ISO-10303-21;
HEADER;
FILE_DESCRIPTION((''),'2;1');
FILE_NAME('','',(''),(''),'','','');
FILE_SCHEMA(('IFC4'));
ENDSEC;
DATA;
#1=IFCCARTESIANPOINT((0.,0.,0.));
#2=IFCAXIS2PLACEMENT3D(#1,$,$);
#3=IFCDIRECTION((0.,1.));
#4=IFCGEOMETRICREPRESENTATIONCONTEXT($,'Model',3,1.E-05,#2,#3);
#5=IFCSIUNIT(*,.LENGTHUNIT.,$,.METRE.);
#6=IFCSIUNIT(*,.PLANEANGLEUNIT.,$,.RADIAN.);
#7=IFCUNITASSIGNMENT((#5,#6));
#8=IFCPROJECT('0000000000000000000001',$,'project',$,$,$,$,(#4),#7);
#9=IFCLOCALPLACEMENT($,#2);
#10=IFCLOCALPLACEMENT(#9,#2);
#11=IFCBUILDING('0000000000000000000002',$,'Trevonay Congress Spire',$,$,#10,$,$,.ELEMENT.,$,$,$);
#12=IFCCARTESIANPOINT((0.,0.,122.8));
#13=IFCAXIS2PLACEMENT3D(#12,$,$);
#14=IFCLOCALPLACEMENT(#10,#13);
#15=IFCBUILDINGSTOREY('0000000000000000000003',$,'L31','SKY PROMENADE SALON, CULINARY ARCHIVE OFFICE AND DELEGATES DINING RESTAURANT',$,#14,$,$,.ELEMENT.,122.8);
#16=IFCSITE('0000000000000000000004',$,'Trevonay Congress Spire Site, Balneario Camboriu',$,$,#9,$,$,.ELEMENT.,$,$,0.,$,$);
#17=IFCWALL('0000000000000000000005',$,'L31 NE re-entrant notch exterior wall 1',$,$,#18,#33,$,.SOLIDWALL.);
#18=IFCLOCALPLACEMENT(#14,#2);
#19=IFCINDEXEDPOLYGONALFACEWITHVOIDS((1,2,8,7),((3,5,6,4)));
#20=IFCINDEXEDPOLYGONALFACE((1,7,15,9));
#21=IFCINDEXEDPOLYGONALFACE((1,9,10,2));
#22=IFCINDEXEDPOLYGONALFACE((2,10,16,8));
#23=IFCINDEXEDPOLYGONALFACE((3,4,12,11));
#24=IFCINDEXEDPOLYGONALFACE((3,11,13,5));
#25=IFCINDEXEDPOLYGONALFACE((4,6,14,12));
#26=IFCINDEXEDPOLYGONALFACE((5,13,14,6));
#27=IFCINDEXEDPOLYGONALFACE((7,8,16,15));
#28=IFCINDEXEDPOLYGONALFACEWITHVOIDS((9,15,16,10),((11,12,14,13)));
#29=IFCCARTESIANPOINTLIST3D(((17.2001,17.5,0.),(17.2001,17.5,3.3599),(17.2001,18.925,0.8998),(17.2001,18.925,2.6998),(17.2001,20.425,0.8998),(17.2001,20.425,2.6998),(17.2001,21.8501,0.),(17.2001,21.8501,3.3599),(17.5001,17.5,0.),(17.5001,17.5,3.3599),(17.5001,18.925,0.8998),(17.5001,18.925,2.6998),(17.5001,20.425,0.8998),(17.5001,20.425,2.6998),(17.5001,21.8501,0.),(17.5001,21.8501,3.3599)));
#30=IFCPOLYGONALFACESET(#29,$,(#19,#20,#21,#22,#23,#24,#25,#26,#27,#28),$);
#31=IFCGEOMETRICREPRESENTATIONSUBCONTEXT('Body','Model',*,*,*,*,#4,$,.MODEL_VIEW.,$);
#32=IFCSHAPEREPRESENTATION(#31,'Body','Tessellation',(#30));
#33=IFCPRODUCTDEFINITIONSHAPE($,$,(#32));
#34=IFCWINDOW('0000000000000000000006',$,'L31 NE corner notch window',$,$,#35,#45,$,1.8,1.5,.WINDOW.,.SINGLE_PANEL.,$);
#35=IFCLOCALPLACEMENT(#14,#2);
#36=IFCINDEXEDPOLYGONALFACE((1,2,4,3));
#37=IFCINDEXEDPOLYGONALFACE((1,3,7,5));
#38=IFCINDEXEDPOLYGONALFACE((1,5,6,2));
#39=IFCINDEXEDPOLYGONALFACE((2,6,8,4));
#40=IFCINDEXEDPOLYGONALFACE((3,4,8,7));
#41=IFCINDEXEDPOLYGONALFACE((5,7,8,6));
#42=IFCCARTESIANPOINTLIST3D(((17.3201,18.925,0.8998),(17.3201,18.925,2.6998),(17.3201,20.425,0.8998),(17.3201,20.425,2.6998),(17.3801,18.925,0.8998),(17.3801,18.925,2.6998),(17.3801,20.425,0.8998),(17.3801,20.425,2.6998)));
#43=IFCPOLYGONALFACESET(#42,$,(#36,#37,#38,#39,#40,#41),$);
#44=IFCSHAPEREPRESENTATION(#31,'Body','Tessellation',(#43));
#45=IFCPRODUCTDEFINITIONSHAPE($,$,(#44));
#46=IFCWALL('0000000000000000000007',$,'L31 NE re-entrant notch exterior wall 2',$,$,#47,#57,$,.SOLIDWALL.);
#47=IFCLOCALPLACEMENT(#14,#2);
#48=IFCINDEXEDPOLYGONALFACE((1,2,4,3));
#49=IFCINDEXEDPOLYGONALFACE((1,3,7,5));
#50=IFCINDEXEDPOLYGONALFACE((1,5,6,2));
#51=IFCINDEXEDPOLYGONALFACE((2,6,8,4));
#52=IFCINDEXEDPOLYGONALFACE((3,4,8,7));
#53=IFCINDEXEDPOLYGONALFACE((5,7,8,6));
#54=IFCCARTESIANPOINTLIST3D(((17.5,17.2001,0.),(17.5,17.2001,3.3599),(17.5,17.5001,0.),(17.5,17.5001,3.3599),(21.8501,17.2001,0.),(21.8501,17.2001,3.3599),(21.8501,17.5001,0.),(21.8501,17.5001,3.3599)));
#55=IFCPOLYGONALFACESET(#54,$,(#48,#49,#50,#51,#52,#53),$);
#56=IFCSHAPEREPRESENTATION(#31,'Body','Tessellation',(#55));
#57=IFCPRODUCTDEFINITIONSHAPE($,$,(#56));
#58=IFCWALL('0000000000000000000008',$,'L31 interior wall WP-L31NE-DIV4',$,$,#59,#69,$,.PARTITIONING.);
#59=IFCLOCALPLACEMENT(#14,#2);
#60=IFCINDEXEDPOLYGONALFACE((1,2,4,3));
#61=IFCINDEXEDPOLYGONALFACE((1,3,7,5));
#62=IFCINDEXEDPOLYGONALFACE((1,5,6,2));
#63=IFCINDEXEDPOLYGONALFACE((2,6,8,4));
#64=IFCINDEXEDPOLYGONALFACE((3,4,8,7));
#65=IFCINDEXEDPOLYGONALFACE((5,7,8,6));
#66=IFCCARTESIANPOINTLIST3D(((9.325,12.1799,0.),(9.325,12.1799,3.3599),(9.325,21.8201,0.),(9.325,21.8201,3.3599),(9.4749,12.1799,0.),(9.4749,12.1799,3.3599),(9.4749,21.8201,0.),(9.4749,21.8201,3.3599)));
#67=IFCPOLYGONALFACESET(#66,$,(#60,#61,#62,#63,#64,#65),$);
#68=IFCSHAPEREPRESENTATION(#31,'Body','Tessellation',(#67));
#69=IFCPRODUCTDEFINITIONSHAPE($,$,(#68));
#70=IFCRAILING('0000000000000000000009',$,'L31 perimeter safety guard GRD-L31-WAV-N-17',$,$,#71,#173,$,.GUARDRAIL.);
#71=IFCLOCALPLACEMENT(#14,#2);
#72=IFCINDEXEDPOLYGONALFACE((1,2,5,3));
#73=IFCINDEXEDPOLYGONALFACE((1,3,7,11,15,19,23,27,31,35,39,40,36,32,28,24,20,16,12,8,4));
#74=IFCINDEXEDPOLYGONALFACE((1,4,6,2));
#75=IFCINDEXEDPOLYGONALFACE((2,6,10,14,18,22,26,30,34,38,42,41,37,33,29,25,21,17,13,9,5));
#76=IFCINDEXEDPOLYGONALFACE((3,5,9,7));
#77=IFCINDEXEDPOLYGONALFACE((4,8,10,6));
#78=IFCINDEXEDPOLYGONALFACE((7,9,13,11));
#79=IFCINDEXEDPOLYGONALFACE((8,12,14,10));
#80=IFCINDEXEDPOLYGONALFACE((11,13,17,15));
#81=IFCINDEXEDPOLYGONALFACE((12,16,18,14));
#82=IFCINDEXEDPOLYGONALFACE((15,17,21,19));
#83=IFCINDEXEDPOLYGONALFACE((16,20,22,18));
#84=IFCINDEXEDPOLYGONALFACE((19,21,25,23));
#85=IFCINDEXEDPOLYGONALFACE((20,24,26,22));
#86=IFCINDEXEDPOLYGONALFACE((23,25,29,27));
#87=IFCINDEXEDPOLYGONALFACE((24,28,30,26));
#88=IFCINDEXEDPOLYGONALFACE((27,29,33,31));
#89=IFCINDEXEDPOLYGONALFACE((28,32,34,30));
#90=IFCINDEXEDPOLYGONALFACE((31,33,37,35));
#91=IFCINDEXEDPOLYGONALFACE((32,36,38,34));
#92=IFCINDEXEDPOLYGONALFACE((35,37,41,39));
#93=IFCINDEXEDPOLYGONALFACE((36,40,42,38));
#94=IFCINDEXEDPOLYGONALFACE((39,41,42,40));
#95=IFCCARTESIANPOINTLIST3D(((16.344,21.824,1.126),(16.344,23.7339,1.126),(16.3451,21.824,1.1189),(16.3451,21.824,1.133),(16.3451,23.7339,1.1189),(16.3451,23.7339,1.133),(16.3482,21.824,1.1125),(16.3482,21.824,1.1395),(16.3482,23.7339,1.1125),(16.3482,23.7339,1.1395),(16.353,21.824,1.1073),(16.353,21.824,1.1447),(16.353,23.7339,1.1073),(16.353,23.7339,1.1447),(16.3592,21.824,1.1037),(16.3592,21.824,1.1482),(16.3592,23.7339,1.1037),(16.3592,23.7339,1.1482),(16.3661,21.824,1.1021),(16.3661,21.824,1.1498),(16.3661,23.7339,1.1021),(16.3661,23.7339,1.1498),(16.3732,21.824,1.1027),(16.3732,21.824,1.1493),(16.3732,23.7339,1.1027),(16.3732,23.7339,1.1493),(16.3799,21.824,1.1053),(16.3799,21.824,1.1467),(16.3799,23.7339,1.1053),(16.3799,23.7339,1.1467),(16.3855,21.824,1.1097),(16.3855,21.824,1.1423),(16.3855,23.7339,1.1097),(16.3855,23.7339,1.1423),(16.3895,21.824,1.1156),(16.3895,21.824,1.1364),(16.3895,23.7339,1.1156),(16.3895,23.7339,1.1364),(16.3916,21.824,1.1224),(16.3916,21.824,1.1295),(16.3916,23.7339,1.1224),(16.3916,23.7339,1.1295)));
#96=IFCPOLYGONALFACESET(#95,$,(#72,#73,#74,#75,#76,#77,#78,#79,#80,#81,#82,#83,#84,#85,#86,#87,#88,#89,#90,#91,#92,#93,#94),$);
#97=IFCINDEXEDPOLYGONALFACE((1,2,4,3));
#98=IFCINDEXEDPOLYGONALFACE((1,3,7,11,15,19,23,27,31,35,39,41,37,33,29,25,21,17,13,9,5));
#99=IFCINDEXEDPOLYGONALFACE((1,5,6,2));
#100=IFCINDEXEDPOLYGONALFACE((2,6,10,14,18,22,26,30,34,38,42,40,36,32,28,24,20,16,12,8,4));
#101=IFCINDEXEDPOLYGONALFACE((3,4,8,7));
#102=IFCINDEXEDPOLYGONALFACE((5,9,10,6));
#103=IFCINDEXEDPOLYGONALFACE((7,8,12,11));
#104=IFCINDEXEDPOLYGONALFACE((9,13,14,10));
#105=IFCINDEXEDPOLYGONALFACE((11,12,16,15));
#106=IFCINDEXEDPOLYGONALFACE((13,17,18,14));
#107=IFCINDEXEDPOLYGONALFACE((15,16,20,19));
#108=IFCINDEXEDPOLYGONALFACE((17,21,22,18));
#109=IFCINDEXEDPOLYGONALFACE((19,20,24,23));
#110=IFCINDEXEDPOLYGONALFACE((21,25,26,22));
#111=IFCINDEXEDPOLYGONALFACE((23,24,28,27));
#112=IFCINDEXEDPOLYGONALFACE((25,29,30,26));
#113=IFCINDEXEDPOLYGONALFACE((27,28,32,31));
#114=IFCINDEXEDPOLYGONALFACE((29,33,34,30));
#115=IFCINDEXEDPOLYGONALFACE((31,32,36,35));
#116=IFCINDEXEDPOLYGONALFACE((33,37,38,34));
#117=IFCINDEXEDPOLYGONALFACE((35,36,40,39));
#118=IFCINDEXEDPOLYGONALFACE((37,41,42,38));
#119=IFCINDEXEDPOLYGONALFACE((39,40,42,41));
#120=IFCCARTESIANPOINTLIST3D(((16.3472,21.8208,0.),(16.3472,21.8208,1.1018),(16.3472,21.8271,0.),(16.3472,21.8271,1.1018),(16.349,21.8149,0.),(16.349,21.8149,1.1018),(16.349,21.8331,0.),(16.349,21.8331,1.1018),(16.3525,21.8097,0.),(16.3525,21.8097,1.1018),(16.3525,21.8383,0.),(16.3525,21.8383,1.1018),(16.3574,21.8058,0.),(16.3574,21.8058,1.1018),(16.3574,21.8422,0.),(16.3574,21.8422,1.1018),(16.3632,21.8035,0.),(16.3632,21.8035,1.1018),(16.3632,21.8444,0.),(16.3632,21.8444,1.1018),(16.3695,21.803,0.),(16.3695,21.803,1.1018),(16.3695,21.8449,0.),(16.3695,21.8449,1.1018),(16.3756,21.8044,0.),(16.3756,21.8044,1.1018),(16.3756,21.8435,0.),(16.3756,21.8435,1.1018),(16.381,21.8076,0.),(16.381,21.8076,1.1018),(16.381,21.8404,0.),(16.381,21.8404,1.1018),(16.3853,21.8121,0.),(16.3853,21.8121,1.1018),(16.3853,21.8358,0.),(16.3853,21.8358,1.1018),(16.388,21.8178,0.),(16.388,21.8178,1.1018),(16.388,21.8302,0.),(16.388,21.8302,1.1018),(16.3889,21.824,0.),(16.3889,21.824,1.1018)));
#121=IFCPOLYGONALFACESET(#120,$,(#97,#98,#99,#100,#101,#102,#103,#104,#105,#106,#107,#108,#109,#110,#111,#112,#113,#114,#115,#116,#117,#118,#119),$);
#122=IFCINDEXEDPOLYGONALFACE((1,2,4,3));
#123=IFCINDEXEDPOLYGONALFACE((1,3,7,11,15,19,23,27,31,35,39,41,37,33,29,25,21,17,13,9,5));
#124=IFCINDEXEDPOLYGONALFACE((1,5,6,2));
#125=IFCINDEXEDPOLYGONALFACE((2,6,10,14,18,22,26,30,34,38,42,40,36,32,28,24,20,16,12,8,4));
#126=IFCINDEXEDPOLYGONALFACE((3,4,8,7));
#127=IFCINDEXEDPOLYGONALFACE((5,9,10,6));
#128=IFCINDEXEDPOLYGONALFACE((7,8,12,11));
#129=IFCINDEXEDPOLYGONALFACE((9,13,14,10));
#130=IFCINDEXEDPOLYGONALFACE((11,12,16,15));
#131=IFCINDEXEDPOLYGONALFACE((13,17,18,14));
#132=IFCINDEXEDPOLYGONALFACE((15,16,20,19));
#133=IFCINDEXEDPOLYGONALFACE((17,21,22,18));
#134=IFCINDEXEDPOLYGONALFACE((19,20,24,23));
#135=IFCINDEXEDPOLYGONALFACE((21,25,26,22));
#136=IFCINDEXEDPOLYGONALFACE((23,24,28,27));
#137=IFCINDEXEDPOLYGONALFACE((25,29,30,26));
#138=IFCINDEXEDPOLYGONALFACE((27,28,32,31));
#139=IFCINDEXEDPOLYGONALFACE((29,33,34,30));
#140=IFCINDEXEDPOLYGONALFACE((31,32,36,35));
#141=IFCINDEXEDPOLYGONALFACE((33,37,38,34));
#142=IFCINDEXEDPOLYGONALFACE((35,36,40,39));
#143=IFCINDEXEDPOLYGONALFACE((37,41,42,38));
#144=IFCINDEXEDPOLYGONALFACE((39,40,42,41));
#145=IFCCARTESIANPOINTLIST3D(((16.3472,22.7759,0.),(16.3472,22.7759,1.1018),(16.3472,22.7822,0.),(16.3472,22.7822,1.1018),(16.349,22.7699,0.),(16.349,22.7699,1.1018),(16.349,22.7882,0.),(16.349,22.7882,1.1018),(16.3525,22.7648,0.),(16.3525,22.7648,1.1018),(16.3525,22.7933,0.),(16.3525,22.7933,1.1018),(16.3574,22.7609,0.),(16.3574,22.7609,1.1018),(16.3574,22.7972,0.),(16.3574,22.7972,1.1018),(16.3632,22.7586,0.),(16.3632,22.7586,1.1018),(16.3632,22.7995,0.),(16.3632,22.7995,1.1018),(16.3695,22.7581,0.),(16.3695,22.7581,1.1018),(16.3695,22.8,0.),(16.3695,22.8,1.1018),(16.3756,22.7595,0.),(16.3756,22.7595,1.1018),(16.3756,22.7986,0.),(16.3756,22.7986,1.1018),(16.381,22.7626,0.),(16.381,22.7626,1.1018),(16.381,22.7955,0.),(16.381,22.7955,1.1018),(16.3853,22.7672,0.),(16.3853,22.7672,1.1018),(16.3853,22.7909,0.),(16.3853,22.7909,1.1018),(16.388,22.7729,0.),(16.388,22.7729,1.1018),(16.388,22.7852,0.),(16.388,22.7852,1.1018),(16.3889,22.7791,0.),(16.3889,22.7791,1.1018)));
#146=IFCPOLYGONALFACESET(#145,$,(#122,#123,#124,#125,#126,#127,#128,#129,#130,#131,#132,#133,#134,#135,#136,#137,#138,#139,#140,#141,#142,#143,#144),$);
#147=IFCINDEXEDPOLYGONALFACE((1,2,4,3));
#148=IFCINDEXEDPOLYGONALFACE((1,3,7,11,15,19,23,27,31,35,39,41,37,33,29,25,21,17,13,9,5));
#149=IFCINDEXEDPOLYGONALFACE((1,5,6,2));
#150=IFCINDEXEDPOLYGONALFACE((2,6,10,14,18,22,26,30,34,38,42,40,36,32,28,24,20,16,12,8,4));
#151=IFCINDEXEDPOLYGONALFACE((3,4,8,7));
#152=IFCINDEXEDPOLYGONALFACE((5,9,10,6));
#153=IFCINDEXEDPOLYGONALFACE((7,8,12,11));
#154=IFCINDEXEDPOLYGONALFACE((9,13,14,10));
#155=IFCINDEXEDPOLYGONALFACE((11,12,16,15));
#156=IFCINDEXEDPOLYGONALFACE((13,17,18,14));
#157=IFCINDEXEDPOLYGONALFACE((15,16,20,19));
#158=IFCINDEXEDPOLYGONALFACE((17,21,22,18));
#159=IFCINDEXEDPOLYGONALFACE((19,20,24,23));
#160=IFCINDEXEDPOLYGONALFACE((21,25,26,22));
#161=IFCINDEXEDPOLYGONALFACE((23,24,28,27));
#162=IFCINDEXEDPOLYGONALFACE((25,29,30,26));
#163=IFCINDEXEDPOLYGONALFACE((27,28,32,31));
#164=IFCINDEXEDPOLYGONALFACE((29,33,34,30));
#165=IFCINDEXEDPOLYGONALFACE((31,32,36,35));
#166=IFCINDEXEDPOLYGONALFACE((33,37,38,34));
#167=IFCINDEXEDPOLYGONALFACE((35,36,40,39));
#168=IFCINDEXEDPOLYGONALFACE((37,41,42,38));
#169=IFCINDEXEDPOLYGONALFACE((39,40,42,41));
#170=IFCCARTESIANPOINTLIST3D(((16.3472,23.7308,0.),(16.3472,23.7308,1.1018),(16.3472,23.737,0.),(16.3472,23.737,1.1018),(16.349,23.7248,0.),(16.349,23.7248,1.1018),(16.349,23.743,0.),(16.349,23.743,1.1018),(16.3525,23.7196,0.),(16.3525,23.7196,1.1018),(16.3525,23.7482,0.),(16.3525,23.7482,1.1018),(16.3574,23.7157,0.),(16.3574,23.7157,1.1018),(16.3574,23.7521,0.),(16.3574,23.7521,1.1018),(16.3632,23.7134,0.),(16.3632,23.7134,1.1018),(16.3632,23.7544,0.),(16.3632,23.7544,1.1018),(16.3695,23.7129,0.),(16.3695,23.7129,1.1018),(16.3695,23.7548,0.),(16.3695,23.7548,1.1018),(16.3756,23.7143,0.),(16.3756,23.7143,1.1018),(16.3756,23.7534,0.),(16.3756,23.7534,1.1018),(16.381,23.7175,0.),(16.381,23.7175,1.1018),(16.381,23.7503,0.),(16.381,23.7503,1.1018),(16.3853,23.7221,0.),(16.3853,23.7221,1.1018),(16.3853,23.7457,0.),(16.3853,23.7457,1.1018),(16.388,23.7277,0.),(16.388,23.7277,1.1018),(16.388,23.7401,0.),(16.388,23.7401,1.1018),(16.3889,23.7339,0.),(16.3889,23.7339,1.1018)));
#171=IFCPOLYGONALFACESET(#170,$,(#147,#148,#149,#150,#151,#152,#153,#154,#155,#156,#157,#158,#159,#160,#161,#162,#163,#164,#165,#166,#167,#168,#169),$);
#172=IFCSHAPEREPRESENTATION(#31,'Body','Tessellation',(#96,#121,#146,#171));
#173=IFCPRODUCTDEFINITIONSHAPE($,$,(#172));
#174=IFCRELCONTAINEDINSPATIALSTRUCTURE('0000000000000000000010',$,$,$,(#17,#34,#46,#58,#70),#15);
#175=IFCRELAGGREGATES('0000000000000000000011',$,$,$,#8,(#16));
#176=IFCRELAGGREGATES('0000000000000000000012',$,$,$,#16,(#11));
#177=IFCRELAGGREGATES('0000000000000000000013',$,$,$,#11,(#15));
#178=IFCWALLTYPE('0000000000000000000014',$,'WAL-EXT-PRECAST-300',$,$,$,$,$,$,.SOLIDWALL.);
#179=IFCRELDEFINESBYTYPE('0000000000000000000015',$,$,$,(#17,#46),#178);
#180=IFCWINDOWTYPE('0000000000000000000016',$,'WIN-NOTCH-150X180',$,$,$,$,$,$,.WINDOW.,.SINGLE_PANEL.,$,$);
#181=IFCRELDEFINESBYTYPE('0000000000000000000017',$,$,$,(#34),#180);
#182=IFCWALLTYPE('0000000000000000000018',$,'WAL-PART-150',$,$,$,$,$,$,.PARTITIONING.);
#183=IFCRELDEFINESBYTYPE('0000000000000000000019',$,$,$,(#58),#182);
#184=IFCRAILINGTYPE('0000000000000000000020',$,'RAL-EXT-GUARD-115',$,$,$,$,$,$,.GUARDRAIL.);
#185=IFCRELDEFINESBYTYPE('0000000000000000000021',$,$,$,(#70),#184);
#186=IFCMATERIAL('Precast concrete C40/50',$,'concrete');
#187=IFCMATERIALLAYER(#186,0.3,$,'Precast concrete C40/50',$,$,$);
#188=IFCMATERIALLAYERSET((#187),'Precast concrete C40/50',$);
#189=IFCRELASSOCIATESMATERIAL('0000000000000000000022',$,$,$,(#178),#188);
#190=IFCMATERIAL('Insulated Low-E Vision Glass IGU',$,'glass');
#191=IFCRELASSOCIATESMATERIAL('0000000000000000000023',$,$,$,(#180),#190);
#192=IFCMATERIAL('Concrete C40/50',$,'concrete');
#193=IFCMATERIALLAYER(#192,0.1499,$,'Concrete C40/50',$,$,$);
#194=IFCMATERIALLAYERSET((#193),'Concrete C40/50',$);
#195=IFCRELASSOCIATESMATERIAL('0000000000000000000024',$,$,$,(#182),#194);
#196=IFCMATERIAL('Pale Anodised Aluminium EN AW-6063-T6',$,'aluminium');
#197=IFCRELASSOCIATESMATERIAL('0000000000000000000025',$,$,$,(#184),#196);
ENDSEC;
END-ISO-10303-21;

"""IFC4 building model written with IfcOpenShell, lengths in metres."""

from ifc_helpers import new_model, si_unit, direction, frame, frame_2d, origin, origin_2d, place, context, subcontext, project, spatial, rectangle, circle, extrude, material, layer, layer_set, type_object, element, fill, save


model = new_model("IFC4")

# Units and contexts
model_context = context("Model", 3, precision=1e-05, world=origin(), true_north=direction((0.0, 1.0)))
body_context = subcontext(model_context, "Body", "Model", "MODEL_VIEW")
ifc_project = project(units=[si_unit("LENGTHUNIT", "METRE"), si_unit("PLANEANGLEUNIT", "RADIAN")], contexts=[model_context])

# Site, building, storey
site_placement = place(None, origin())
site = spatial("IfcSite", under=ifc_project, at=site_placement, Name="Trevonay Congress Spire Site, Balneario Camboriu", CompositionType="ELEMENT", RefElevation=0.0)
building_placement = place(site_placement, origin())
building = spatial("IfcBuilding", under=site, at=building_placement, Name="Trevonay Congress Spire", CompositionType="ELEMENT")
storey_placement = place(building_placement, frame((0.0, 0.0, 122.8)))
storey = spatial("IfcBuildingStorey", under=building, at=storey_placement, Name="L31", Description="SKY PROMENADE SALON, CULINARY ARCHIVE OFFICE AND DELEGATES DINING RESTAURANT", CompositionType="ELEMENT", Elevation=122.8)

# Shared definitions
ifc_material_1 = material(Name="Pale Anodised Aluminium EN AW-6063-T6", Category="aluminium")

# Shared definitions
ifc_material_2 = material(Name="Precast concrete C40/50", Category="concrete")
ifc_layer_1 = layer(ifc_material_2, 0.3, Name="Precast concrete C40/50")
ifc_layer_set_1 = layer_set([ifc_layer_1], Name="Precast concrete C40/50")
wall_type_1 = type_object("IfcWallType", Name="WAL-EXT-PRECAST-300", PredefinedType="SOLIDWALL", material=ifc_layer_set_1)

# Wall, opening, window
wall_1_placement = place(storey_placement, frame((17.3501, 21.8501, 0.0), z_axis=(0.0, 0.0, 1.0), x_axis=(0.0, -1.0, 0.0)))
wall_1 = element("IfcWall", 1, at=wall_1_placement, inside=storey, type_object=wall_type_1, Name="L31 NE re-entrant notch exterior wall 1", PredefinedType="SOLIDWALL", context=body_context, shape_type="SweptSolid", body=[
    extrude(rectangle(XDim=4.3501, YDim=0.3, at=frame_2d((2.175, 0.0))), origin(), (0.0, 0.0, 1.0), 3.3599),
])
opening_placement = place(wall_1_placement, frame((1.425, 0.0, 0.8999)))
opening = element("IfcOpeningElement", 2, at=opening_placement, cuts=wall_1, PredefinedType="OPENING", context=body_context, shape_type="SweptSolid", body=[
    extrude(rectangle(XDim=1.5, YDim=1.8, at=frame_2d((0.75, 0.8999))), frame((0.0, 0.1602, 0.0), z_axis=(0.0, -1.0, 0.0), x_axis=(1.0, 0.0, 0.0)), (0.0, 0.0, 1.0), 0.3201),
])
ifc_material_3 = material(Name="Insulated Low-E Vision Glass IGU", Category="glass")
window_type = type_object("IfcWindowType", Name="WIN-NOTCH-150X180", PartitioningType="SINGLE_PANEL", PredefinedType="WINDOW", material=ifc_material_3)
window_placement = place(opening_placement, origin())
window = element("IfcWindow", 3, at=window_placement, inside=storey, type_object=window_type, Name="L31 NE corner notch window", OverallHeight=1.8, OverallWidth=1.5, PartitioningType="SINGLE_PANEL", PredefinedType="WINDOW", context=body_context, shape_type="SweptSolid", body=[
    extrude(rectangle(XDim=1.5, YDim=1.8, at=frame_2d((0.75, 0.8999))), frame((0.0, 0.03, 0.0), z_axis=(0.0, -1.0, 0.0), x_axis=(1.0, 0.0, 0.0)), (0.0, 0.0, 1.0), 0.0601),
])
fill(opening, window)

# Walls
wall_2_placement = place(storey_placement, frame((21.8501, 17.3501, 0.0), z_axis=(0.0, 0.0, 1.0), x_axis=(-1.0, 0.0, 0.0)))
element("IfcWall", 4, at=wall_2_placement, inside=storey, type_object=wall_type_1, Name="L31 NE re-entrant notch exterior wall 2", PredefinedType="SOLIDWALL", context=body_context, shape_type="SweptSolid", body=[
    extrude(rectangle(XDim=4.3501, YDim=0.3, at=frame_2d((2.175, 0.0))), origin(), (0.0, 0.0, 1.0), 3.3599),
])
ifc_material_4 = material(Name="Concrete C40/50", Category="concrete")
ifc_layer_2 = layer(ifc_material_4, 0.1499, Name="Concrete C40/50")
ifc_layer_set_2 = layer_set([ifc_layer_2], Name="Concrete C40/50")
wall_type_2 = type_object("IfcWallType", Name="WAL-PART-150", PredefinedType="PARTITIONING", material=ifc_layer_set_2)
wall_3_placement = place(storey_placement, frame((9.3999, 12.1799, 0.0), z_axis=(0.0, 0.0, 1.0), x_axis=(0.0, 1.0, 0.0)))
element("IfcWall", 5, at=wall_3_placement, inside=storey, type_object=wall_type_2, Name="L31 interior wall WP-L31NE-DIV4", PredefinedType="PARTITIONING", context=body_context, shape_type="SweptSolid", body=[
    extrude(rectangle(XDim=9.6401, YDim=0.1499, at=frame_2d((4.8201, 0.0))), origin(), (0.0, 0.0, 1.0), 3.3599),
])

# Railing
railing_type = type_object("IfcRailingType", Name="RAL-EXT-GUARD-115", PredefinedType="GUARDRAIL", material=ifc_material_1)
railing_1_placement = place(storey_placement, frame((16.3679, 21.824, 0.0)))
element("IfcRailing", 6, at=railing_1_placement, inside=storey, type_object=railing_type, Name="L31 perimeter safety guard GRD-L31-WAV-N-17", PredefinedType="GUARDRAIL", context=body_context, shape_type="SweptSolid", body=[
    extrude(circle(Radius=0.0239, at=origin_2d()), frame((0.0, 0.0, 1.126), z_axis=(0.0, 1.0, 0.0), x_axis=(-1.0, 0.0, 0.0)), (0.0, 0.0, 1.0), 1.9099),
    extrude(circle(Radius=0.021, at=origin_2d()), origin(), (0.0, 0.0, 1.0), 1.1018),
    extrude(circle(Radius=0.021, at=origin_2d()), frame((0.0, 0.9551, 0.0)), (0.0, 0.0, 1.0), 1.1018),
    extrude(circle(Radius=0.021, at=origin_2d()), frame((0.0, 1.9099, 0.0)), (0.0, 0.0, 1.0), 1.1018),
])

save(model, "model.ifc")
